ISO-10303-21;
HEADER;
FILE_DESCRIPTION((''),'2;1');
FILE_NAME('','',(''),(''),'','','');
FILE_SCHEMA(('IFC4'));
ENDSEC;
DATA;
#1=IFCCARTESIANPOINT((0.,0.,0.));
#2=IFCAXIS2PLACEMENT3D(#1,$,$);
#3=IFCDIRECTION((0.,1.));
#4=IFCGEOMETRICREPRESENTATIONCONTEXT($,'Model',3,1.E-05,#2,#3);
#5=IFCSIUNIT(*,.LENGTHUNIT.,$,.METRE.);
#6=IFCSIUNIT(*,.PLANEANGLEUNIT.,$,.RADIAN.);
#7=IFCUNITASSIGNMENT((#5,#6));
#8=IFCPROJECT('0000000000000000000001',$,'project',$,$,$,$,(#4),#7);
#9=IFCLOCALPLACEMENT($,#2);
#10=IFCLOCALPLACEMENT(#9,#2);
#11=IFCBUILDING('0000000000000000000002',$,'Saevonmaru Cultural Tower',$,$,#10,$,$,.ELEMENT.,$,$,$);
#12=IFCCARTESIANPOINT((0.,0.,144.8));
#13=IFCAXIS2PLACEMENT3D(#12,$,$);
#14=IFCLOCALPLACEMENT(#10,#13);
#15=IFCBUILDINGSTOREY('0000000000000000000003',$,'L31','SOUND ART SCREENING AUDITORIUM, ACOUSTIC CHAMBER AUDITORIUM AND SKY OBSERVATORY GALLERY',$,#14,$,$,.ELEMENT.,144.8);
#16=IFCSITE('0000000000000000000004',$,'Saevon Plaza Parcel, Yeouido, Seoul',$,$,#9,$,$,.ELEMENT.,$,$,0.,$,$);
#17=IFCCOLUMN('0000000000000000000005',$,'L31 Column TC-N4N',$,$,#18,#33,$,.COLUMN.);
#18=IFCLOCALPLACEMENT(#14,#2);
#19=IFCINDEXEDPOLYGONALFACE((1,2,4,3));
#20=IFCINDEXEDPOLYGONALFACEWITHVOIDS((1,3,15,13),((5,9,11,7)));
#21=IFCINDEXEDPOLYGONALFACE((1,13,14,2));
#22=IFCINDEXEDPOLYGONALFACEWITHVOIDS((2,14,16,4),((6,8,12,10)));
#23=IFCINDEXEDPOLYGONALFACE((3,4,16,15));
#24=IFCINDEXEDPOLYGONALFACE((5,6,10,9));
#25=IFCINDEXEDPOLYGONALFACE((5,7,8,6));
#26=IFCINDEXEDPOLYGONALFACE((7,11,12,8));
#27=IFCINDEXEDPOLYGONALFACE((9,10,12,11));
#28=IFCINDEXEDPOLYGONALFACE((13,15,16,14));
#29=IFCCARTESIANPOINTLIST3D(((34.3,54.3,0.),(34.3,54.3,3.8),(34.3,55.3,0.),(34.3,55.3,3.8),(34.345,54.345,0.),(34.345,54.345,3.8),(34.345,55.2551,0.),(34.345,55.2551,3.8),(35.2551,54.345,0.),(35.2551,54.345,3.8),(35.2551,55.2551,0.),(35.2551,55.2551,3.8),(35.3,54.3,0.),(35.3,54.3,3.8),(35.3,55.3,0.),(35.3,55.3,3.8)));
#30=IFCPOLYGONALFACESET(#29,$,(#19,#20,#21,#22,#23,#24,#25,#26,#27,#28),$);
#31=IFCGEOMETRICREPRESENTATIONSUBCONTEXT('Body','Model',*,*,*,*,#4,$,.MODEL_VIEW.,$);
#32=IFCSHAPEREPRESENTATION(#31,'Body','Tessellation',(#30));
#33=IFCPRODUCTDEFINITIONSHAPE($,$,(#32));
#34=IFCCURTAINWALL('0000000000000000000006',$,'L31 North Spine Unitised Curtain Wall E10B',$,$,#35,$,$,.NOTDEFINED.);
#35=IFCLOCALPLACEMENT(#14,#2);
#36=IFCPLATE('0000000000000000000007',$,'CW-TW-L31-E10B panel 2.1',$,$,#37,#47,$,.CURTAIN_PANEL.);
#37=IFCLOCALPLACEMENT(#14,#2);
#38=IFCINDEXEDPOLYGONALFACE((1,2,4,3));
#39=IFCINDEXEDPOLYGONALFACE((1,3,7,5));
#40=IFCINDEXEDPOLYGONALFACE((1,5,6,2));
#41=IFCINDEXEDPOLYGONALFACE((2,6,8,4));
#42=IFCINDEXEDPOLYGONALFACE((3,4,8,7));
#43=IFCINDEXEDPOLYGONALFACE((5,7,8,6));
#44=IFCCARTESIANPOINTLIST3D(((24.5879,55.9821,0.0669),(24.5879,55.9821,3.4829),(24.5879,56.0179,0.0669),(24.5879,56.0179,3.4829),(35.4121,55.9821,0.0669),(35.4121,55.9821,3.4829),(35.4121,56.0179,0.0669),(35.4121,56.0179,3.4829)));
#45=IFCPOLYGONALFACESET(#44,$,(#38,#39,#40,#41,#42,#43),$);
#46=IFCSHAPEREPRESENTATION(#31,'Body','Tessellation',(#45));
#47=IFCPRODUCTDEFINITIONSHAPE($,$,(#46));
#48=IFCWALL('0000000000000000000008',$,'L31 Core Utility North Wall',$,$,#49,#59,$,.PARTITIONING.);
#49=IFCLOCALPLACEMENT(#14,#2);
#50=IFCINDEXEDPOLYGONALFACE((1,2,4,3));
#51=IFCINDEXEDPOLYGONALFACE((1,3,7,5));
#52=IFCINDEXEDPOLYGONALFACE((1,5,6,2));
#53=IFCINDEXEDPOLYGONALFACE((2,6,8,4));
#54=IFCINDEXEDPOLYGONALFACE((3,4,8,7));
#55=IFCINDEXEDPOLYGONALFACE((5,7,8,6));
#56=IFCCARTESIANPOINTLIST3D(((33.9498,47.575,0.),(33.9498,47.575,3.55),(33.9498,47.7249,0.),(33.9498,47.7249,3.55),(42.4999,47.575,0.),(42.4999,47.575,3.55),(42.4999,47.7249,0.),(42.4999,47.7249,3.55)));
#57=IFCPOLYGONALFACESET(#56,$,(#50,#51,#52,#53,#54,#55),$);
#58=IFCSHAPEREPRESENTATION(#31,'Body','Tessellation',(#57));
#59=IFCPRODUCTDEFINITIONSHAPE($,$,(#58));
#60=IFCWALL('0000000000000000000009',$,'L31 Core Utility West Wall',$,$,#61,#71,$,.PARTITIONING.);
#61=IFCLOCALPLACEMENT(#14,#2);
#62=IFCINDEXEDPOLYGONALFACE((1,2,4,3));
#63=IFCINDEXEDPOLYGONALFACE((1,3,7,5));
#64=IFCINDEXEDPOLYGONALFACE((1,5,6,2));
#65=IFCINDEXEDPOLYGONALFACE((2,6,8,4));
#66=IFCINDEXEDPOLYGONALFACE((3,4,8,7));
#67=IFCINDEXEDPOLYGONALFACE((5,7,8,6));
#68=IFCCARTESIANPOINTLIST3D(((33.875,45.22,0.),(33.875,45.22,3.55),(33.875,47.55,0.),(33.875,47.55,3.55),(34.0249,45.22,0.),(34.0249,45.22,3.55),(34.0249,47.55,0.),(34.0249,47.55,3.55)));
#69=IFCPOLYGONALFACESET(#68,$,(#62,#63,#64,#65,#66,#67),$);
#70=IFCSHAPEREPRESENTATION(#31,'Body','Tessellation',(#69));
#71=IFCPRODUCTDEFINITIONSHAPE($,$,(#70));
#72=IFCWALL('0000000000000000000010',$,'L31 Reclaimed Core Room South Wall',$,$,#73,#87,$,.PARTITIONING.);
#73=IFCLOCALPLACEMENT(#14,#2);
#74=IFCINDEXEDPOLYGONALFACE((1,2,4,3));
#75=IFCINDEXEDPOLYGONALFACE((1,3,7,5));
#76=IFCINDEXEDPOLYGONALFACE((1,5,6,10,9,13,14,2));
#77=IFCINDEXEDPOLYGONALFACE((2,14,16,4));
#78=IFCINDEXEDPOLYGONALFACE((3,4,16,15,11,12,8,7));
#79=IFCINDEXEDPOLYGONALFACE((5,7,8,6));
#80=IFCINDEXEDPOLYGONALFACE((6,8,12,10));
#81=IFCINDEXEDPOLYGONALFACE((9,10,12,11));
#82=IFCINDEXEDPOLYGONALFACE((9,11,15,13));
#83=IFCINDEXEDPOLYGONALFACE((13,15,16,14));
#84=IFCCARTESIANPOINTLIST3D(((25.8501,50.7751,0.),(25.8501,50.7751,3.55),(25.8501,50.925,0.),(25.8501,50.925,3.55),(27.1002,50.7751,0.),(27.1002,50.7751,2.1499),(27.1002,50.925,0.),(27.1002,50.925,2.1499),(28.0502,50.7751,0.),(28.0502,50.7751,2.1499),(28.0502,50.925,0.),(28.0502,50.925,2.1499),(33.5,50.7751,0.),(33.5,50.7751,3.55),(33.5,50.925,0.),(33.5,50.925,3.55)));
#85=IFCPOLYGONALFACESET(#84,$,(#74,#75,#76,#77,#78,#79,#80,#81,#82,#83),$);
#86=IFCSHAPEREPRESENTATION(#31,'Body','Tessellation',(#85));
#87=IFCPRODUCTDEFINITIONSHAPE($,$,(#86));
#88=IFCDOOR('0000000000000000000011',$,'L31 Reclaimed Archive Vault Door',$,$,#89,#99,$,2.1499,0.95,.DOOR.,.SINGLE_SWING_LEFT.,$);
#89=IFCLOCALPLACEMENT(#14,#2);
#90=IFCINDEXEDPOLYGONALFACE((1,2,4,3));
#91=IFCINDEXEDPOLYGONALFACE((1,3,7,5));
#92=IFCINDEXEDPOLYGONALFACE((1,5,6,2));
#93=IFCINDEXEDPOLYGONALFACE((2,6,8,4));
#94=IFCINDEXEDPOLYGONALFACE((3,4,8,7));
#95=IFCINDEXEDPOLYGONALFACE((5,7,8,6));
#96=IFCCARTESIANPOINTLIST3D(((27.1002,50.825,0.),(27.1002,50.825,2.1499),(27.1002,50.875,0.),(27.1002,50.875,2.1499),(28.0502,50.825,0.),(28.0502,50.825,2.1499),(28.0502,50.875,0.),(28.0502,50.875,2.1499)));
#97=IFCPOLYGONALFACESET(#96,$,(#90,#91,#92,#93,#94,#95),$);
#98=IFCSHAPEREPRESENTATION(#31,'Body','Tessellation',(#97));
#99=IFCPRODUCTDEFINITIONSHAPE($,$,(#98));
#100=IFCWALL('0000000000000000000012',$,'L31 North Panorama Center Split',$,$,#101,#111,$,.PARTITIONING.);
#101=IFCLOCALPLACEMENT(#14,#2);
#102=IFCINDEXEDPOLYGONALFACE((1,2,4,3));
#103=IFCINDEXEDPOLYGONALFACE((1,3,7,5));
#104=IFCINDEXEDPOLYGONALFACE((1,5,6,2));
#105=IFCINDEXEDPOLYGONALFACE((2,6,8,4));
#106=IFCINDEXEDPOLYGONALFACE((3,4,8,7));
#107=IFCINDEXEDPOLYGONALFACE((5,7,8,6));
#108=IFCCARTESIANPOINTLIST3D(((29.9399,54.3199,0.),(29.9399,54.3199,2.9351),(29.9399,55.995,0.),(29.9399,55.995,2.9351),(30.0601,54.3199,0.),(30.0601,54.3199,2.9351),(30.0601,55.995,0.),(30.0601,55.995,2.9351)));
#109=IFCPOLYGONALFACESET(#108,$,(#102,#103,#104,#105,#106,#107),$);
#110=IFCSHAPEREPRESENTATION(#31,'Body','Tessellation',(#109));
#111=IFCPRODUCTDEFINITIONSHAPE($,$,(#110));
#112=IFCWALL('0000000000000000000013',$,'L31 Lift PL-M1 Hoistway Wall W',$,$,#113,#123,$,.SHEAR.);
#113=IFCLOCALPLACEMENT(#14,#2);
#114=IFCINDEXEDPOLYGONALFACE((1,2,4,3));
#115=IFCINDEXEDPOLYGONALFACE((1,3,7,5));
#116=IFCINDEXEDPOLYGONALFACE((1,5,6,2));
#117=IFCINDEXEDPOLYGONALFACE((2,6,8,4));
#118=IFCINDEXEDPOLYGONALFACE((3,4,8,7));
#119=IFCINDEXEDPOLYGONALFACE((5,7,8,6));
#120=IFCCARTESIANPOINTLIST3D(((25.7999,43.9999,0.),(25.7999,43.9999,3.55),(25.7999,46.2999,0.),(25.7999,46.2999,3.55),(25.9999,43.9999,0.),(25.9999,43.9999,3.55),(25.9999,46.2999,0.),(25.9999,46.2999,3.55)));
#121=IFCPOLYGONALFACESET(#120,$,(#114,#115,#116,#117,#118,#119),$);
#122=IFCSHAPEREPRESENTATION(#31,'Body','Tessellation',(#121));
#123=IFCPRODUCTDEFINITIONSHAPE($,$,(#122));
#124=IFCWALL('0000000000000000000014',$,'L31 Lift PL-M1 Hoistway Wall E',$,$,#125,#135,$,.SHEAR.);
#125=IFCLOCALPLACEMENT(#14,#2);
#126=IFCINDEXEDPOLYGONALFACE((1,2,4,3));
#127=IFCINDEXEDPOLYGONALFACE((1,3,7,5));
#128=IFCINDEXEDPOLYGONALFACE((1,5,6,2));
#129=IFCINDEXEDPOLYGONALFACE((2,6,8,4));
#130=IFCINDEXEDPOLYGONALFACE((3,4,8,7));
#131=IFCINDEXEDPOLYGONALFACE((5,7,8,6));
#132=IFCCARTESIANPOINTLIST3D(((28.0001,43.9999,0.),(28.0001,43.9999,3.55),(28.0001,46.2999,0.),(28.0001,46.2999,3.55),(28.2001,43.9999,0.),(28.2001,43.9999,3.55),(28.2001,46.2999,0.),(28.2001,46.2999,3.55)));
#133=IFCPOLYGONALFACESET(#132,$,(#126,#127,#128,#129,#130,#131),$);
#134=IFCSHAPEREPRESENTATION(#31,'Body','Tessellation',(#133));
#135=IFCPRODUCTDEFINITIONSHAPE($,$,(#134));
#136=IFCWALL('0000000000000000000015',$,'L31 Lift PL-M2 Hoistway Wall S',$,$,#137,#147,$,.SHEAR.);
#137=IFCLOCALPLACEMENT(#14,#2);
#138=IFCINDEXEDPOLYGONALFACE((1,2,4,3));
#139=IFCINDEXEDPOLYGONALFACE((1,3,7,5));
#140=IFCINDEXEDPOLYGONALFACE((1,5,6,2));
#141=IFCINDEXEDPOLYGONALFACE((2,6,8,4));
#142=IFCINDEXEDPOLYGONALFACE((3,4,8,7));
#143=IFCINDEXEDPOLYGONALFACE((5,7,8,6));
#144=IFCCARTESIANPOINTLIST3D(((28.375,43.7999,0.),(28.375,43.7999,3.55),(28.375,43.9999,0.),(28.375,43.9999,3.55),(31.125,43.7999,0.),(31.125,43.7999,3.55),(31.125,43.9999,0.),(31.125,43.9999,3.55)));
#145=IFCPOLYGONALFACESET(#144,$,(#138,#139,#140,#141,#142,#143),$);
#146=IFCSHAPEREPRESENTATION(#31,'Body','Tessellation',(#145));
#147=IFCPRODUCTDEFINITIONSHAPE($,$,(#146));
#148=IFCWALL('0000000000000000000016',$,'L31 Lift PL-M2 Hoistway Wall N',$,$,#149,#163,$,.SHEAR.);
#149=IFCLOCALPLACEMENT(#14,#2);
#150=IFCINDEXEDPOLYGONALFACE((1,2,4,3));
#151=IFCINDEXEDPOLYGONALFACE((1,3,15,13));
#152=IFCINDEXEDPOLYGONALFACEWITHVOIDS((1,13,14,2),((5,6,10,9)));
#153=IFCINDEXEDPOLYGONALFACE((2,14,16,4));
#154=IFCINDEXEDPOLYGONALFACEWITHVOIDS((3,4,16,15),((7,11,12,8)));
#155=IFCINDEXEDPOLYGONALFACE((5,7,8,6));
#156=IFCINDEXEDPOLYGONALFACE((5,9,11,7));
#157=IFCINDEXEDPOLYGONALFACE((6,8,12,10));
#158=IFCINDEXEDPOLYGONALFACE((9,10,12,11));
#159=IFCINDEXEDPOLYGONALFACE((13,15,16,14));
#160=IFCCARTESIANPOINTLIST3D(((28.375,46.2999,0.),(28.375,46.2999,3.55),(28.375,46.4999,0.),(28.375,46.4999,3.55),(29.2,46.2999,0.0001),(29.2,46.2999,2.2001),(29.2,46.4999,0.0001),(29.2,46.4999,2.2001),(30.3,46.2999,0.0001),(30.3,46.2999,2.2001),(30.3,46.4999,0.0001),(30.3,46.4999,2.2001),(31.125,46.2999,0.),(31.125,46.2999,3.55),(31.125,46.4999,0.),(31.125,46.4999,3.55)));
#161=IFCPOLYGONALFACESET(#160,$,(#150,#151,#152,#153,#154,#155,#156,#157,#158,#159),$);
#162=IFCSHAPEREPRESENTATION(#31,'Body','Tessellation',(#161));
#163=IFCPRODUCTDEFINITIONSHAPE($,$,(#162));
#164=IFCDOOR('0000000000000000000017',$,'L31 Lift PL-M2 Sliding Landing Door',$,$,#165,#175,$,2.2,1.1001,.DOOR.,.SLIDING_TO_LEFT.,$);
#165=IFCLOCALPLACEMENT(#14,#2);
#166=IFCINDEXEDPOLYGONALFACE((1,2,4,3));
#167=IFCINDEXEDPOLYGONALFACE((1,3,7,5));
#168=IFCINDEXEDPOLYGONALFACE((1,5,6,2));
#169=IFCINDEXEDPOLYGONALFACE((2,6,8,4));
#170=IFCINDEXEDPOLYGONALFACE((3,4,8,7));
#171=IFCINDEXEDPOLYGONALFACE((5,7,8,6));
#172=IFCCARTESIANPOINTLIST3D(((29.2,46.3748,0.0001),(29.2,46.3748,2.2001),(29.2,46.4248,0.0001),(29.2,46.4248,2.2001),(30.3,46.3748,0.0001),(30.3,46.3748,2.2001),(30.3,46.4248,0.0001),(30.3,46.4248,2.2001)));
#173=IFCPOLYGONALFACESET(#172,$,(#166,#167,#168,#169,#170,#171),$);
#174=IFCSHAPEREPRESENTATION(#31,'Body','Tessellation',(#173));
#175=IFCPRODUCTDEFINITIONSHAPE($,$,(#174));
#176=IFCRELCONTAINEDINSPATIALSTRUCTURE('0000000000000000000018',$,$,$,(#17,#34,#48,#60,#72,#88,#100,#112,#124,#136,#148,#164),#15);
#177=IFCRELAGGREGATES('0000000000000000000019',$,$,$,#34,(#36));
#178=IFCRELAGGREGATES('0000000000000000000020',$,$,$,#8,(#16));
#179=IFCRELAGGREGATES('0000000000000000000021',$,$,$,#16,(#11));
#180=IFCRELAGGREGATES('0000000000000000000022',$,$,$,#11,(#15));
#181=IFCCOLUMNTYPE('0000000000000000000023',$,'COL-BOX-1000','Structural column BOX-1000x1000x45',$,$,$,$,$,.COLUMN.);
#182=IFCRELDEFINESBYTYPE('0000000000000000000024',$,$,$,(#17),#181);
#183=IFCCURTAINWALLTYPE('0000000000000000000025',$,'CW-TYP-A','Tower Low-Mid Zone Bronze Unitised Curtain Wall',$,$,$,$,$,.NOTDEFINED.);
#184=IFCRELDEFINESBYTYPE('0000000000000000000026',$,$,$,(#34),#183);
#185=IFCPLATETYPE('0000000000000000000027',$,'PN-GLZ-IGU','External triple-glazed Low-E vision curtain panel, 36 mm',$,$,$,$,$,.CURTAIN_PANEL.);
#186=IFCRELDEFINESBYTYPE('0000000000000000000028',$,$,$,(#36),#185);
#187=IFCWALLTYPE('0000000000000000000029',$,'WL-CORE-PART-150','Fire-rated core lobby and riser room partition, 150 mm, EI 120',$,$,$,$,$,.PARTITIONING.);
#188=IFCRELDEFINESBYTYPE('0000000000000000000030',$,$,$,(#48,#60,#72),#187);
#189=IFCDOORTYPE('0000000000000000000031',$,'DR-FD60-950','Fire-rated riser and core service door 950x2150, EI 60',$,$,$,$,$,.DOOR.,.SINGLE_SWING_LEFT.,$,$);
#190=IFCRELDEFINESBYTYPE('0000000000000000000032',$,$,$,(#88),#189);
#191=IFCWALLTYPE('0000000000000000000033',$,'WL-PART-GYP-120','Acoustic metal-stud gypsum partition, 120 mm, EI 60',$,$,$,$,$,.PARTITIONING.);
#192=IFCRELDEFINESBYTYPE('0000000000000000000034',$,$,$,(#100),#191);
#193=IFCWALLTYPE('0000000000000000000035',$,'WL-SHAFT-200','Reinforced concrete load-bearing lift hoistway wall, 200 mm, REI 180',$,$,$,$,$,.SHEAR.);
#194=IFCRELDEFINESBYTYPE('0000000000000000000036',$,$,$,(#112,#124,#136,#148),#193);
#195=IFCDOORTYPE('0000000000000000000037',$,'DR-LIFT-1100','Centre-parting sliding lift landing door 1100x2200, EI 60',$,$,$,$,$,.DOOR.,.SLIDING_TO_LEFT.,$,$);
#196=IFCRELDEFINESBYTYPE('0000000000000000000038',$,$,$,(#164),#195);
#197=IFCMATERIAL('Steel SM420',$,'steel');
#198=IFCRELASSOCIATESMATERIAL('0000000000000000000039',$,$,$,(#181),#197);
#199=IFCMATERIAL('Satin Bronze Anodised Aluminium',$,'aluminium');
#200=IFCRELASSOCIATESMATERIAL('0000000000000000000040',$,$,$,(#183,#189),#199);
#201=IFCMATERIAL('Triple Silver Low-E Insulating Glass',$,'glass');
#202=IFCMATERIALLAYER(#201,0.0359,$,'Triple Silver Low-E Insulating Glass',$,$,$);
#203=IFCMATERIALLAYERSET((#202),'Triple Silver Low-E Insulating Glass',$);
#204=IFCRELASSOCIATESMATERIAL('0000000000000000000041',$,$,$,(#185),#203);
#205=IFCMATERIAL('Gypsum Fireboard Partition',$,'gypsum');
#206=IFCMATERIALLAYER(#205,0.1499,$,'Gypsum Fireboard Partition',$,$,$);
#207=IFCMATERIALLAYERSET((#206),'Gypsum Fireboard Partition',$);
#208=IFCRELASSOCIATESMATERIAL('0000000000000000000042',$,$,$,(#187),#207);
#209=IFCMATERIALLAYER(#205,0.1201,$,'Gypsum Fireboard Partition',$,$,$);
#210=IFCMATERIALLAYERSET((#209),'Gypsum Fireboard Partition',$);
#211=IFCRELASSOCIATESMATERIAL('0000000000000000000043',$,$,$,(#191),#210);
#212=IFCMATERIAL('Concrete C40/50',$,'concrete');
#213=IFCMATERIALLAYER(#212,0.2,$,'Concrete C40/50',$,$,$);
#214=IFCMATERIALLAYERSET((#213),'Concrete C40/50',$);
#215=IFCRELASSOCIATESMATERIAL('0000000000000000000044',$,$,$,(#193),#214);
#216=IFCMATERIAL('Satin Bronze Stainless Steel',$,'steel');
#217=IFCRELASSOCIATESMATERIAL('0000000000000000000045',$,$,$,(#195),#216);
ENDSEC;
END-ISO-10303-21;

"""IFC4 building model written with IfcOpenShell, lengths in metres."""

from ifc_helpers import new_model, si_unit, direction, frame, frame_2d, origin, origin_2d, place, context, subcontext, project, spatial, rectangle, hollow_rectangle, extrude, material, layer, layer_set, material_profile, profile_set, type_object, element, fill, aggregate, save


model = new_model("IFC4")

# Units and contexts
model_context = context("Model", 3, precision=1e-05, world=origin(), true_north=direction((0.0, 1.0)))
body_context = subcontext(model_context, "Body", "Model", "MODEL_VIEW")
ifc_project = project(units=[si_unit("LENGTHUNIT", "METRE"), si_unit("PLANEANGLEUNIT", "RADIAN")], contexts=[model_context])

# Site, building, storey
site_placement = place(None, origin())
site = spatial("IfcSite", under=ifc_project, at=site_placement, Name="Saevon Plaza Parcel, Yeouido, Seoul", CompositionType="ELEMENT", RefElevation=0.0)
building_placement = place(site_placement, origin())
building = spatial("IfcBuilding", under=site, at=building_placement, Name="Saevonmaru Cultural Tower", CompositionType="ELEMENT")
storey_placement = place(building_placement, frame((0.0, 0.0, 144.8)))
storey = spatial("IfcBuildingStorey", under=building, at=storey_placement, Name="L31", Description="SOUND ART SCREENING AUDITORIUM, ACOUSTIC CHAMBER AUDITORIUM AND SKY OBSERVATORY GALLERY", CompositionType="ELEMENT", Elevation=144.8)

# Column
ifc_material_1 = material(Name="Steel SM420", Category="steel")
ifc_material_profile = material_profile(ifc_material_1, hollow_rectangle(XDim=1.0, YDim=1.0, WallThickness=0.0449, at=origin_2d()), Name="BOX-1000x1000x45")
ifc_profile_set = profile_set([ifc_material_profile], Name="Steel SM420")
column_type = type_object("IfcColumnType", Name="COL-BOX-1000", Description="Structural column BOX-1000x1000x45", PredefinedType="COLUMN", material=ifc_profile_set)
column_placement = place(storey_placement, frame((34.8, 54.8, 0.0), z_axis=(0.0, 0.0, 1.0), x_axis=(1.0, 0.0, 0.0)))
element("IfcColumn", 1, at=column_placement, inside=storey, type_object=column_type, Name="L31 Column TC-N4N", PredefinedType="COLUMN", context=body_context, shape_type="SweptSolid", body=[
    extrude(hollow_rectangle(XDim=1.0, YDim=1.0, WallThickness=0.0449, at=origin_2d()), origin(), (0.0, 0.0, 1.0), 3.8),
])

# Curtain wall, plate
ifc_material_2 = material(Name="Satin Bronze Anodised Aluminium", Category="aluminium")
curtain_wall_type = type_object("IfcCurtainWallType", Name="CW-TYP-A", Description="Tower Low-Mid Zone Bronze Unitised Curtain Wall", PredefinedType="NOTDEFINED", material=ifc_material_2)
curtain_wall_placement = place(storey_placement, origin())
curtain_wall = element("IfcCurtainWall", 2, at=curtain_wall_placement, inside=storey, type_object=curtain_wall_type, Name="L31 North Spine Unitised Curtain Wall E10B", PredefinedType="NOTDEFINED")
ifc_material_3 = material(Name="Triple Silver Low-E Insulating Glass", Category="glass")
ifc_layer_1 = layer(ifc_material_3, 0.0359, Name="Triple Silver Low-E Insulating Glass")
ifc_layer_set_1 = layer_set([ifc_layer_1], Name="Triple Silver Low-E Insulating Glass")
plate_type = type_object("IfcPlateType", Name="PN-GLZ-IGU", Description="External triple-glazed Low-E vision curtain panel, 36 mm", PredefinedType="CURTAIN_PANEL", material=ifc_layer_set_1)
plate_placement = place(storey_placement, frame((30.0, 56.0, 0.0669), z_axis=(0.0, 0.0, 1.0), x_axis=(-1.0, 0.0, 0.0)))
plate = element("IfcPlate", 3, at=plate_placement, type_object=plate_type, Name="CW-TW-L31-E10B panel 2.1", PredefinedType="CURTAIN_PANEL", context=body_context, shape_type="SweptSolid", body=[
    extrude(rectangle(XDim=10.8242, YDim=0.0359, at=origin_2d()), origin(), (0.0, 0.0, 1.0), 3.416),
])
aggregate(curtain_wall, [plate])

# Shared definitions
ifc_material_4 = material(Name="Gypsum Fireboard Partition", Category="gypsum")
ifc_layer_2 = layer(ifc_material_4, 0.1499, Name="Gypsum Fireboard Partition")
ifc_layer_set_2 = layer_set([ifc_layer_2], Name="Gypsum Fireboard Partition")
wall_type_1 = type_object("IfcWallType", Name="WL-CORE-PART-150", Description="Fire-rated core lobby and riser room partition, 150 mm, EI 120", PredefinedType="PARTITIONING", material=ifc_layer_set_2)

# Shared definitions
door_type_1 = type_object("IfcDoorType", Name="DR-FD60-950", Description="Fire-rated riser and core service door 950x2150, EI 60", OperationType="SINGLE_SWING_LEFT", PredefinedType="DOOR", material=ifc_material_2)

# Walls
wall_1_placement = place(storey_placement, frame((33.95, 47.6499, 0.0), z_axis=(0.0, 0.0, 1.0), x_axis=(1.0, 0.0, 0.0)))
element("IfcWall", 4, at=wall_1_placement, inside=storey, type_object=wall_type_1, Name="L31 Core Utility North Wall", PredefinedType="PARTITIONING", context=body_context, shape_type="SweptSolid", body=[
    extrude(rectangle(XDim=8.55, YDim=0.1499, at=frame_2d((4.2749, 0.0))), origin(), (0.0, 0.0, 1.0), 3.55),
])
wall_2_placement = place(storey_placement, frame((33.95, 45.22, 0.0), z_axis=(0.0, 0.0, 1.0), x_axis=(0.0, 1.0, 0.0)))
element("IfcWall", 5, at=wall_2_placement, inside=storey, type_object=wall_type_1, Name="L31 Core Utility West Wall", PredefinedType="PARTITIONING", context=body_context, shape_type="SweptSolid", body=[
    extrude(rectangle(XDim=2.3301, YDim=0.1499, at=frame_2d((1.165, 0.0))), origin(), (0.0, 0.0, 1.0), 3.55),
])

# Wall, opening, door
wall_3_placement = place(storey_placement, frame((25.8501, 50.8501, 0.0), z_axis=(0.0, 0.0, 1.0), x_axis=(1.0, 0.0, 0.0)))
wall_3 = element("IfcWall", 6, at=wall_3_placement, inside=storey, type_object=wall_type_1, Name="L31 Reclaimed Core Room South Wall", PredefinedType="PARTITIONING", context=body_context, shape_type="SweptSolid", body=[
    extrude(rectangle(XDim=7.6499, YDim=0.1499, at=frame_2d((3.825, 0.0))), origin(), (0.0, 0.0, 1.0), 3.55),
])
opening_1_placement = place(wall_3_placement, frame((1.25, 0.0, 0.0)))
opening_1 = element("IfcOpeningElement", 7, at=opening_1_placement, cuts=wall_3, PredefinedType="OPENING", context=body_context, shape_type="SweptSolid", body=[
    extrude(rectangle(XDim=0.95, YDim=2.1499, at=frame_2d((0.4751, 1.075))), frame((0.0, 0.085, 0.0), z_axis=(0.0, -1.0, 0.0), x_axis=(1.0, 0.0, 0.0)), (0.0, 0.0, 1.0), 0.1699),
])
door_1_placement = place(opening_1_placement, origin())
door_1 = element("IfcDoor", 8, at=door_1_placement, inside=storey, type_object=door_type_1, Name="L31 Reclaimed Archive Vault Door", OperationType="SINGLE_SWING_LEFT", OverallHeight=2.1499, OverallWidth=0.95, PredefinedType="DOOR", context=body_context, shape_type="SweptSolid", body=[
    extrude(rectangle(XDim=0.95, YDim=2.1499, at=frame_2d((0.4751, 1.075))), frame((0.0, 0.0249, 0.0), z_axis=(0.0, -1.0, 0.0), x_axis=(1.0, 0.0, 0.0)), (0.0, 0.0, 1.0), 0.05),
])
fill(opening_1, door_1)

# Walls
ifc_layer_3 = layer(ifc_material_4, 0.1201, Name="Gypsum Fireboard Partition")
ifc_layer_set_3 = layer_set([ifc_layer_3], Name="Gypsum Fireboard Partition")
wall_type_2 = type_object("IfcWallType", Name="WL-PART-GYP-120", Description="Acoustic metal-stud gypsum partition, 120 mm, EI 60", PredefinedType="PARTITIONING", material=ifc_layer_set_3)
wall_4_placement = place(storey_placement, frame((30.0, 54.3201, 0.0), z_axis=(0.0, 0.0, 1.0), x_axis=(0.0, 1.0, 0.0)))
element("IfcWall", 9, at=wall_4_placement, inside=storey, type_object=wall_type_2, Name="L31 North Panorama Center Split", PredefinedType="PARTITIONING", context=body_context, shape_type="SweptSolid", body=[
    extrude(rectangle(XDim=1.675, YDim=0.1201, at=frame_2d((0.8374, 0.0))), origin(), (0.0, 0.0, 1.0), 2.9351),
])
ifc_material_5 = material(Name="Concrete C40/50", Category="concrete")
ifc_layer_4 = layer(ifc_material_5, 0.2, Name="Concrete C40/50")
ifc_layer_set_4 = layer_set([ifc_layer_4], Name="Concrete C40/50")
wall_type_3 = type_object("IfcWallType", Name="WL-SHAFT-200", Description="Reinforced concrete load-bearing lift hoistway wall, 200 mm, REI 180", PredefinedType="SHEAR", material=ifc_layer_set_4)
for number, where, z_axis, x_axis, name in (
    (10, (25.8999, 44.0, 0.0), (0.0, 0.0, 1.0), (0.0, 1.0, 0.0), "L31 Lift PL-M1 Hoistway Wall W"),
    (11, (28.1001, 44.0, 0.0), (0.0, 0.0, 1.0), (0.0, 1.0, 0.0), "L31 Lift PL-M1 Hoistway Wall E"),
):
    element("IfcWall", number, at=place(storey_placement, frame(where, z_axis=z_axis, x_axis=x_axis)), inside=storey, type_object=wall_type_3, Name=name, PredefinedType="SHEAR", context=body_context, shape_type="SweptSolid", body=[
        extrude(rectangle(XDim=2.3, YDim=0.2, at=frame_2d((1.1499, 0.0))), origin(), (0.0, 0.0, 1.0), 3.55),
    ])
wall_5_placement = place(storey_placement, frame((28.375, 43.8999, 0.0), z_axis=(0.0, 0.0, 1.0), x_axis=(1.0, 0.0, 0.0)))
element("IfcWall", 12, at=wall_5_placement, inside=storey, type_object=wall_type_3, Name="L31 Lift PL-M2 Hoistway Wall S", PredefinedType="SHEAR", context=body_context, shape_type="SweptSolid", body=[
    extrude(rectangle(XDim=2.75, YDim=0.2, at=frame_2d((1.375, 0.0))), origin(), (0.0, 0.0, 1.0), 3.55),
])

# Wall, opening, door
wall_6_placement = place(storey_placement, frame((28.375, 46.3999, 0.0), z_axis=(0.0, 0.0, 1.0), x_axis=(1.0, 0.0, 0.0)))
wall_6 = element("IfcWall", 13, at=wall_6_placement, inside=storey, type_object=wall_type_3, Name="L31 Lift PL-M2 Hoistway Wall N", PredefinedType="SHEAR", context=body_context, shape_type="SweptSolid", body=[
    extrude(rectangle(XDim=2.75, YDim=0.2, at=frame_2d((1.375, 0.0))), origin(), (0.0, 0.0, 1.0), 3.55),
])
opening_2_placement = place(wall_6_placement, frame((0.825, 0.0, 0.0)))
opening_2 = element("IfcOpeningElement", 14, at=opening_2_placement, cuts=wall_6, PredefinedType="OPENING", context=body_context, shape_type="SweptSolid", body=[
    extrude(rectangle(XDim=1.1001, YDim=2.2, at=frame_2d((0.55, 1.1001))), frame((0.0, 0.1099, 0.0), z_axis=(0.0, -1.0, 0.0), x_axis=(1.0, 0.0, 0.0)), (0.0, 0.0, 1.0), 0.22),
])
ifc_material_6 = material(Name="Satin Bronze Stainless Steel", Category="steel")
door_type_2 = type_object("IfcDoorType", Name="DR-LIFT-1100", Description="Centre-parting sliding lift landing door 1100x2200, EI 60", OperationType="SLIDING_TO_LEFT", PredefinedType="DOOR", material=ifc_material_6)
door_2_placement = place(opening_2_placement, origin())
door_2 = element("IfcDoor", 15, at=door_2_placement, inside=storey, type_object=door_type_2, Name="L31 Lift PL-M2 Sliding Landing Door", OperationType="SLIDING_TO_LEFT", OverallHeight=2.2, OverallWidth=1.1001, PredefinedType="DOOR", context=body_context, shape_type="SweptSolid", body=[
    extrude(rectangle(XDim=1.1001, YDim=2.2, at=frame_2d((0.55, 1.1001))), frame((0.0, 0.0249, 0.0), z_axis=(0.0, -1.0, 0.0), x_axis=(1.0, 0.0, 0.0)), (0.0, 0.0, 1.0), 0.05),
])
fill(opening_2, door_2)

save(model, "model.ifc")
